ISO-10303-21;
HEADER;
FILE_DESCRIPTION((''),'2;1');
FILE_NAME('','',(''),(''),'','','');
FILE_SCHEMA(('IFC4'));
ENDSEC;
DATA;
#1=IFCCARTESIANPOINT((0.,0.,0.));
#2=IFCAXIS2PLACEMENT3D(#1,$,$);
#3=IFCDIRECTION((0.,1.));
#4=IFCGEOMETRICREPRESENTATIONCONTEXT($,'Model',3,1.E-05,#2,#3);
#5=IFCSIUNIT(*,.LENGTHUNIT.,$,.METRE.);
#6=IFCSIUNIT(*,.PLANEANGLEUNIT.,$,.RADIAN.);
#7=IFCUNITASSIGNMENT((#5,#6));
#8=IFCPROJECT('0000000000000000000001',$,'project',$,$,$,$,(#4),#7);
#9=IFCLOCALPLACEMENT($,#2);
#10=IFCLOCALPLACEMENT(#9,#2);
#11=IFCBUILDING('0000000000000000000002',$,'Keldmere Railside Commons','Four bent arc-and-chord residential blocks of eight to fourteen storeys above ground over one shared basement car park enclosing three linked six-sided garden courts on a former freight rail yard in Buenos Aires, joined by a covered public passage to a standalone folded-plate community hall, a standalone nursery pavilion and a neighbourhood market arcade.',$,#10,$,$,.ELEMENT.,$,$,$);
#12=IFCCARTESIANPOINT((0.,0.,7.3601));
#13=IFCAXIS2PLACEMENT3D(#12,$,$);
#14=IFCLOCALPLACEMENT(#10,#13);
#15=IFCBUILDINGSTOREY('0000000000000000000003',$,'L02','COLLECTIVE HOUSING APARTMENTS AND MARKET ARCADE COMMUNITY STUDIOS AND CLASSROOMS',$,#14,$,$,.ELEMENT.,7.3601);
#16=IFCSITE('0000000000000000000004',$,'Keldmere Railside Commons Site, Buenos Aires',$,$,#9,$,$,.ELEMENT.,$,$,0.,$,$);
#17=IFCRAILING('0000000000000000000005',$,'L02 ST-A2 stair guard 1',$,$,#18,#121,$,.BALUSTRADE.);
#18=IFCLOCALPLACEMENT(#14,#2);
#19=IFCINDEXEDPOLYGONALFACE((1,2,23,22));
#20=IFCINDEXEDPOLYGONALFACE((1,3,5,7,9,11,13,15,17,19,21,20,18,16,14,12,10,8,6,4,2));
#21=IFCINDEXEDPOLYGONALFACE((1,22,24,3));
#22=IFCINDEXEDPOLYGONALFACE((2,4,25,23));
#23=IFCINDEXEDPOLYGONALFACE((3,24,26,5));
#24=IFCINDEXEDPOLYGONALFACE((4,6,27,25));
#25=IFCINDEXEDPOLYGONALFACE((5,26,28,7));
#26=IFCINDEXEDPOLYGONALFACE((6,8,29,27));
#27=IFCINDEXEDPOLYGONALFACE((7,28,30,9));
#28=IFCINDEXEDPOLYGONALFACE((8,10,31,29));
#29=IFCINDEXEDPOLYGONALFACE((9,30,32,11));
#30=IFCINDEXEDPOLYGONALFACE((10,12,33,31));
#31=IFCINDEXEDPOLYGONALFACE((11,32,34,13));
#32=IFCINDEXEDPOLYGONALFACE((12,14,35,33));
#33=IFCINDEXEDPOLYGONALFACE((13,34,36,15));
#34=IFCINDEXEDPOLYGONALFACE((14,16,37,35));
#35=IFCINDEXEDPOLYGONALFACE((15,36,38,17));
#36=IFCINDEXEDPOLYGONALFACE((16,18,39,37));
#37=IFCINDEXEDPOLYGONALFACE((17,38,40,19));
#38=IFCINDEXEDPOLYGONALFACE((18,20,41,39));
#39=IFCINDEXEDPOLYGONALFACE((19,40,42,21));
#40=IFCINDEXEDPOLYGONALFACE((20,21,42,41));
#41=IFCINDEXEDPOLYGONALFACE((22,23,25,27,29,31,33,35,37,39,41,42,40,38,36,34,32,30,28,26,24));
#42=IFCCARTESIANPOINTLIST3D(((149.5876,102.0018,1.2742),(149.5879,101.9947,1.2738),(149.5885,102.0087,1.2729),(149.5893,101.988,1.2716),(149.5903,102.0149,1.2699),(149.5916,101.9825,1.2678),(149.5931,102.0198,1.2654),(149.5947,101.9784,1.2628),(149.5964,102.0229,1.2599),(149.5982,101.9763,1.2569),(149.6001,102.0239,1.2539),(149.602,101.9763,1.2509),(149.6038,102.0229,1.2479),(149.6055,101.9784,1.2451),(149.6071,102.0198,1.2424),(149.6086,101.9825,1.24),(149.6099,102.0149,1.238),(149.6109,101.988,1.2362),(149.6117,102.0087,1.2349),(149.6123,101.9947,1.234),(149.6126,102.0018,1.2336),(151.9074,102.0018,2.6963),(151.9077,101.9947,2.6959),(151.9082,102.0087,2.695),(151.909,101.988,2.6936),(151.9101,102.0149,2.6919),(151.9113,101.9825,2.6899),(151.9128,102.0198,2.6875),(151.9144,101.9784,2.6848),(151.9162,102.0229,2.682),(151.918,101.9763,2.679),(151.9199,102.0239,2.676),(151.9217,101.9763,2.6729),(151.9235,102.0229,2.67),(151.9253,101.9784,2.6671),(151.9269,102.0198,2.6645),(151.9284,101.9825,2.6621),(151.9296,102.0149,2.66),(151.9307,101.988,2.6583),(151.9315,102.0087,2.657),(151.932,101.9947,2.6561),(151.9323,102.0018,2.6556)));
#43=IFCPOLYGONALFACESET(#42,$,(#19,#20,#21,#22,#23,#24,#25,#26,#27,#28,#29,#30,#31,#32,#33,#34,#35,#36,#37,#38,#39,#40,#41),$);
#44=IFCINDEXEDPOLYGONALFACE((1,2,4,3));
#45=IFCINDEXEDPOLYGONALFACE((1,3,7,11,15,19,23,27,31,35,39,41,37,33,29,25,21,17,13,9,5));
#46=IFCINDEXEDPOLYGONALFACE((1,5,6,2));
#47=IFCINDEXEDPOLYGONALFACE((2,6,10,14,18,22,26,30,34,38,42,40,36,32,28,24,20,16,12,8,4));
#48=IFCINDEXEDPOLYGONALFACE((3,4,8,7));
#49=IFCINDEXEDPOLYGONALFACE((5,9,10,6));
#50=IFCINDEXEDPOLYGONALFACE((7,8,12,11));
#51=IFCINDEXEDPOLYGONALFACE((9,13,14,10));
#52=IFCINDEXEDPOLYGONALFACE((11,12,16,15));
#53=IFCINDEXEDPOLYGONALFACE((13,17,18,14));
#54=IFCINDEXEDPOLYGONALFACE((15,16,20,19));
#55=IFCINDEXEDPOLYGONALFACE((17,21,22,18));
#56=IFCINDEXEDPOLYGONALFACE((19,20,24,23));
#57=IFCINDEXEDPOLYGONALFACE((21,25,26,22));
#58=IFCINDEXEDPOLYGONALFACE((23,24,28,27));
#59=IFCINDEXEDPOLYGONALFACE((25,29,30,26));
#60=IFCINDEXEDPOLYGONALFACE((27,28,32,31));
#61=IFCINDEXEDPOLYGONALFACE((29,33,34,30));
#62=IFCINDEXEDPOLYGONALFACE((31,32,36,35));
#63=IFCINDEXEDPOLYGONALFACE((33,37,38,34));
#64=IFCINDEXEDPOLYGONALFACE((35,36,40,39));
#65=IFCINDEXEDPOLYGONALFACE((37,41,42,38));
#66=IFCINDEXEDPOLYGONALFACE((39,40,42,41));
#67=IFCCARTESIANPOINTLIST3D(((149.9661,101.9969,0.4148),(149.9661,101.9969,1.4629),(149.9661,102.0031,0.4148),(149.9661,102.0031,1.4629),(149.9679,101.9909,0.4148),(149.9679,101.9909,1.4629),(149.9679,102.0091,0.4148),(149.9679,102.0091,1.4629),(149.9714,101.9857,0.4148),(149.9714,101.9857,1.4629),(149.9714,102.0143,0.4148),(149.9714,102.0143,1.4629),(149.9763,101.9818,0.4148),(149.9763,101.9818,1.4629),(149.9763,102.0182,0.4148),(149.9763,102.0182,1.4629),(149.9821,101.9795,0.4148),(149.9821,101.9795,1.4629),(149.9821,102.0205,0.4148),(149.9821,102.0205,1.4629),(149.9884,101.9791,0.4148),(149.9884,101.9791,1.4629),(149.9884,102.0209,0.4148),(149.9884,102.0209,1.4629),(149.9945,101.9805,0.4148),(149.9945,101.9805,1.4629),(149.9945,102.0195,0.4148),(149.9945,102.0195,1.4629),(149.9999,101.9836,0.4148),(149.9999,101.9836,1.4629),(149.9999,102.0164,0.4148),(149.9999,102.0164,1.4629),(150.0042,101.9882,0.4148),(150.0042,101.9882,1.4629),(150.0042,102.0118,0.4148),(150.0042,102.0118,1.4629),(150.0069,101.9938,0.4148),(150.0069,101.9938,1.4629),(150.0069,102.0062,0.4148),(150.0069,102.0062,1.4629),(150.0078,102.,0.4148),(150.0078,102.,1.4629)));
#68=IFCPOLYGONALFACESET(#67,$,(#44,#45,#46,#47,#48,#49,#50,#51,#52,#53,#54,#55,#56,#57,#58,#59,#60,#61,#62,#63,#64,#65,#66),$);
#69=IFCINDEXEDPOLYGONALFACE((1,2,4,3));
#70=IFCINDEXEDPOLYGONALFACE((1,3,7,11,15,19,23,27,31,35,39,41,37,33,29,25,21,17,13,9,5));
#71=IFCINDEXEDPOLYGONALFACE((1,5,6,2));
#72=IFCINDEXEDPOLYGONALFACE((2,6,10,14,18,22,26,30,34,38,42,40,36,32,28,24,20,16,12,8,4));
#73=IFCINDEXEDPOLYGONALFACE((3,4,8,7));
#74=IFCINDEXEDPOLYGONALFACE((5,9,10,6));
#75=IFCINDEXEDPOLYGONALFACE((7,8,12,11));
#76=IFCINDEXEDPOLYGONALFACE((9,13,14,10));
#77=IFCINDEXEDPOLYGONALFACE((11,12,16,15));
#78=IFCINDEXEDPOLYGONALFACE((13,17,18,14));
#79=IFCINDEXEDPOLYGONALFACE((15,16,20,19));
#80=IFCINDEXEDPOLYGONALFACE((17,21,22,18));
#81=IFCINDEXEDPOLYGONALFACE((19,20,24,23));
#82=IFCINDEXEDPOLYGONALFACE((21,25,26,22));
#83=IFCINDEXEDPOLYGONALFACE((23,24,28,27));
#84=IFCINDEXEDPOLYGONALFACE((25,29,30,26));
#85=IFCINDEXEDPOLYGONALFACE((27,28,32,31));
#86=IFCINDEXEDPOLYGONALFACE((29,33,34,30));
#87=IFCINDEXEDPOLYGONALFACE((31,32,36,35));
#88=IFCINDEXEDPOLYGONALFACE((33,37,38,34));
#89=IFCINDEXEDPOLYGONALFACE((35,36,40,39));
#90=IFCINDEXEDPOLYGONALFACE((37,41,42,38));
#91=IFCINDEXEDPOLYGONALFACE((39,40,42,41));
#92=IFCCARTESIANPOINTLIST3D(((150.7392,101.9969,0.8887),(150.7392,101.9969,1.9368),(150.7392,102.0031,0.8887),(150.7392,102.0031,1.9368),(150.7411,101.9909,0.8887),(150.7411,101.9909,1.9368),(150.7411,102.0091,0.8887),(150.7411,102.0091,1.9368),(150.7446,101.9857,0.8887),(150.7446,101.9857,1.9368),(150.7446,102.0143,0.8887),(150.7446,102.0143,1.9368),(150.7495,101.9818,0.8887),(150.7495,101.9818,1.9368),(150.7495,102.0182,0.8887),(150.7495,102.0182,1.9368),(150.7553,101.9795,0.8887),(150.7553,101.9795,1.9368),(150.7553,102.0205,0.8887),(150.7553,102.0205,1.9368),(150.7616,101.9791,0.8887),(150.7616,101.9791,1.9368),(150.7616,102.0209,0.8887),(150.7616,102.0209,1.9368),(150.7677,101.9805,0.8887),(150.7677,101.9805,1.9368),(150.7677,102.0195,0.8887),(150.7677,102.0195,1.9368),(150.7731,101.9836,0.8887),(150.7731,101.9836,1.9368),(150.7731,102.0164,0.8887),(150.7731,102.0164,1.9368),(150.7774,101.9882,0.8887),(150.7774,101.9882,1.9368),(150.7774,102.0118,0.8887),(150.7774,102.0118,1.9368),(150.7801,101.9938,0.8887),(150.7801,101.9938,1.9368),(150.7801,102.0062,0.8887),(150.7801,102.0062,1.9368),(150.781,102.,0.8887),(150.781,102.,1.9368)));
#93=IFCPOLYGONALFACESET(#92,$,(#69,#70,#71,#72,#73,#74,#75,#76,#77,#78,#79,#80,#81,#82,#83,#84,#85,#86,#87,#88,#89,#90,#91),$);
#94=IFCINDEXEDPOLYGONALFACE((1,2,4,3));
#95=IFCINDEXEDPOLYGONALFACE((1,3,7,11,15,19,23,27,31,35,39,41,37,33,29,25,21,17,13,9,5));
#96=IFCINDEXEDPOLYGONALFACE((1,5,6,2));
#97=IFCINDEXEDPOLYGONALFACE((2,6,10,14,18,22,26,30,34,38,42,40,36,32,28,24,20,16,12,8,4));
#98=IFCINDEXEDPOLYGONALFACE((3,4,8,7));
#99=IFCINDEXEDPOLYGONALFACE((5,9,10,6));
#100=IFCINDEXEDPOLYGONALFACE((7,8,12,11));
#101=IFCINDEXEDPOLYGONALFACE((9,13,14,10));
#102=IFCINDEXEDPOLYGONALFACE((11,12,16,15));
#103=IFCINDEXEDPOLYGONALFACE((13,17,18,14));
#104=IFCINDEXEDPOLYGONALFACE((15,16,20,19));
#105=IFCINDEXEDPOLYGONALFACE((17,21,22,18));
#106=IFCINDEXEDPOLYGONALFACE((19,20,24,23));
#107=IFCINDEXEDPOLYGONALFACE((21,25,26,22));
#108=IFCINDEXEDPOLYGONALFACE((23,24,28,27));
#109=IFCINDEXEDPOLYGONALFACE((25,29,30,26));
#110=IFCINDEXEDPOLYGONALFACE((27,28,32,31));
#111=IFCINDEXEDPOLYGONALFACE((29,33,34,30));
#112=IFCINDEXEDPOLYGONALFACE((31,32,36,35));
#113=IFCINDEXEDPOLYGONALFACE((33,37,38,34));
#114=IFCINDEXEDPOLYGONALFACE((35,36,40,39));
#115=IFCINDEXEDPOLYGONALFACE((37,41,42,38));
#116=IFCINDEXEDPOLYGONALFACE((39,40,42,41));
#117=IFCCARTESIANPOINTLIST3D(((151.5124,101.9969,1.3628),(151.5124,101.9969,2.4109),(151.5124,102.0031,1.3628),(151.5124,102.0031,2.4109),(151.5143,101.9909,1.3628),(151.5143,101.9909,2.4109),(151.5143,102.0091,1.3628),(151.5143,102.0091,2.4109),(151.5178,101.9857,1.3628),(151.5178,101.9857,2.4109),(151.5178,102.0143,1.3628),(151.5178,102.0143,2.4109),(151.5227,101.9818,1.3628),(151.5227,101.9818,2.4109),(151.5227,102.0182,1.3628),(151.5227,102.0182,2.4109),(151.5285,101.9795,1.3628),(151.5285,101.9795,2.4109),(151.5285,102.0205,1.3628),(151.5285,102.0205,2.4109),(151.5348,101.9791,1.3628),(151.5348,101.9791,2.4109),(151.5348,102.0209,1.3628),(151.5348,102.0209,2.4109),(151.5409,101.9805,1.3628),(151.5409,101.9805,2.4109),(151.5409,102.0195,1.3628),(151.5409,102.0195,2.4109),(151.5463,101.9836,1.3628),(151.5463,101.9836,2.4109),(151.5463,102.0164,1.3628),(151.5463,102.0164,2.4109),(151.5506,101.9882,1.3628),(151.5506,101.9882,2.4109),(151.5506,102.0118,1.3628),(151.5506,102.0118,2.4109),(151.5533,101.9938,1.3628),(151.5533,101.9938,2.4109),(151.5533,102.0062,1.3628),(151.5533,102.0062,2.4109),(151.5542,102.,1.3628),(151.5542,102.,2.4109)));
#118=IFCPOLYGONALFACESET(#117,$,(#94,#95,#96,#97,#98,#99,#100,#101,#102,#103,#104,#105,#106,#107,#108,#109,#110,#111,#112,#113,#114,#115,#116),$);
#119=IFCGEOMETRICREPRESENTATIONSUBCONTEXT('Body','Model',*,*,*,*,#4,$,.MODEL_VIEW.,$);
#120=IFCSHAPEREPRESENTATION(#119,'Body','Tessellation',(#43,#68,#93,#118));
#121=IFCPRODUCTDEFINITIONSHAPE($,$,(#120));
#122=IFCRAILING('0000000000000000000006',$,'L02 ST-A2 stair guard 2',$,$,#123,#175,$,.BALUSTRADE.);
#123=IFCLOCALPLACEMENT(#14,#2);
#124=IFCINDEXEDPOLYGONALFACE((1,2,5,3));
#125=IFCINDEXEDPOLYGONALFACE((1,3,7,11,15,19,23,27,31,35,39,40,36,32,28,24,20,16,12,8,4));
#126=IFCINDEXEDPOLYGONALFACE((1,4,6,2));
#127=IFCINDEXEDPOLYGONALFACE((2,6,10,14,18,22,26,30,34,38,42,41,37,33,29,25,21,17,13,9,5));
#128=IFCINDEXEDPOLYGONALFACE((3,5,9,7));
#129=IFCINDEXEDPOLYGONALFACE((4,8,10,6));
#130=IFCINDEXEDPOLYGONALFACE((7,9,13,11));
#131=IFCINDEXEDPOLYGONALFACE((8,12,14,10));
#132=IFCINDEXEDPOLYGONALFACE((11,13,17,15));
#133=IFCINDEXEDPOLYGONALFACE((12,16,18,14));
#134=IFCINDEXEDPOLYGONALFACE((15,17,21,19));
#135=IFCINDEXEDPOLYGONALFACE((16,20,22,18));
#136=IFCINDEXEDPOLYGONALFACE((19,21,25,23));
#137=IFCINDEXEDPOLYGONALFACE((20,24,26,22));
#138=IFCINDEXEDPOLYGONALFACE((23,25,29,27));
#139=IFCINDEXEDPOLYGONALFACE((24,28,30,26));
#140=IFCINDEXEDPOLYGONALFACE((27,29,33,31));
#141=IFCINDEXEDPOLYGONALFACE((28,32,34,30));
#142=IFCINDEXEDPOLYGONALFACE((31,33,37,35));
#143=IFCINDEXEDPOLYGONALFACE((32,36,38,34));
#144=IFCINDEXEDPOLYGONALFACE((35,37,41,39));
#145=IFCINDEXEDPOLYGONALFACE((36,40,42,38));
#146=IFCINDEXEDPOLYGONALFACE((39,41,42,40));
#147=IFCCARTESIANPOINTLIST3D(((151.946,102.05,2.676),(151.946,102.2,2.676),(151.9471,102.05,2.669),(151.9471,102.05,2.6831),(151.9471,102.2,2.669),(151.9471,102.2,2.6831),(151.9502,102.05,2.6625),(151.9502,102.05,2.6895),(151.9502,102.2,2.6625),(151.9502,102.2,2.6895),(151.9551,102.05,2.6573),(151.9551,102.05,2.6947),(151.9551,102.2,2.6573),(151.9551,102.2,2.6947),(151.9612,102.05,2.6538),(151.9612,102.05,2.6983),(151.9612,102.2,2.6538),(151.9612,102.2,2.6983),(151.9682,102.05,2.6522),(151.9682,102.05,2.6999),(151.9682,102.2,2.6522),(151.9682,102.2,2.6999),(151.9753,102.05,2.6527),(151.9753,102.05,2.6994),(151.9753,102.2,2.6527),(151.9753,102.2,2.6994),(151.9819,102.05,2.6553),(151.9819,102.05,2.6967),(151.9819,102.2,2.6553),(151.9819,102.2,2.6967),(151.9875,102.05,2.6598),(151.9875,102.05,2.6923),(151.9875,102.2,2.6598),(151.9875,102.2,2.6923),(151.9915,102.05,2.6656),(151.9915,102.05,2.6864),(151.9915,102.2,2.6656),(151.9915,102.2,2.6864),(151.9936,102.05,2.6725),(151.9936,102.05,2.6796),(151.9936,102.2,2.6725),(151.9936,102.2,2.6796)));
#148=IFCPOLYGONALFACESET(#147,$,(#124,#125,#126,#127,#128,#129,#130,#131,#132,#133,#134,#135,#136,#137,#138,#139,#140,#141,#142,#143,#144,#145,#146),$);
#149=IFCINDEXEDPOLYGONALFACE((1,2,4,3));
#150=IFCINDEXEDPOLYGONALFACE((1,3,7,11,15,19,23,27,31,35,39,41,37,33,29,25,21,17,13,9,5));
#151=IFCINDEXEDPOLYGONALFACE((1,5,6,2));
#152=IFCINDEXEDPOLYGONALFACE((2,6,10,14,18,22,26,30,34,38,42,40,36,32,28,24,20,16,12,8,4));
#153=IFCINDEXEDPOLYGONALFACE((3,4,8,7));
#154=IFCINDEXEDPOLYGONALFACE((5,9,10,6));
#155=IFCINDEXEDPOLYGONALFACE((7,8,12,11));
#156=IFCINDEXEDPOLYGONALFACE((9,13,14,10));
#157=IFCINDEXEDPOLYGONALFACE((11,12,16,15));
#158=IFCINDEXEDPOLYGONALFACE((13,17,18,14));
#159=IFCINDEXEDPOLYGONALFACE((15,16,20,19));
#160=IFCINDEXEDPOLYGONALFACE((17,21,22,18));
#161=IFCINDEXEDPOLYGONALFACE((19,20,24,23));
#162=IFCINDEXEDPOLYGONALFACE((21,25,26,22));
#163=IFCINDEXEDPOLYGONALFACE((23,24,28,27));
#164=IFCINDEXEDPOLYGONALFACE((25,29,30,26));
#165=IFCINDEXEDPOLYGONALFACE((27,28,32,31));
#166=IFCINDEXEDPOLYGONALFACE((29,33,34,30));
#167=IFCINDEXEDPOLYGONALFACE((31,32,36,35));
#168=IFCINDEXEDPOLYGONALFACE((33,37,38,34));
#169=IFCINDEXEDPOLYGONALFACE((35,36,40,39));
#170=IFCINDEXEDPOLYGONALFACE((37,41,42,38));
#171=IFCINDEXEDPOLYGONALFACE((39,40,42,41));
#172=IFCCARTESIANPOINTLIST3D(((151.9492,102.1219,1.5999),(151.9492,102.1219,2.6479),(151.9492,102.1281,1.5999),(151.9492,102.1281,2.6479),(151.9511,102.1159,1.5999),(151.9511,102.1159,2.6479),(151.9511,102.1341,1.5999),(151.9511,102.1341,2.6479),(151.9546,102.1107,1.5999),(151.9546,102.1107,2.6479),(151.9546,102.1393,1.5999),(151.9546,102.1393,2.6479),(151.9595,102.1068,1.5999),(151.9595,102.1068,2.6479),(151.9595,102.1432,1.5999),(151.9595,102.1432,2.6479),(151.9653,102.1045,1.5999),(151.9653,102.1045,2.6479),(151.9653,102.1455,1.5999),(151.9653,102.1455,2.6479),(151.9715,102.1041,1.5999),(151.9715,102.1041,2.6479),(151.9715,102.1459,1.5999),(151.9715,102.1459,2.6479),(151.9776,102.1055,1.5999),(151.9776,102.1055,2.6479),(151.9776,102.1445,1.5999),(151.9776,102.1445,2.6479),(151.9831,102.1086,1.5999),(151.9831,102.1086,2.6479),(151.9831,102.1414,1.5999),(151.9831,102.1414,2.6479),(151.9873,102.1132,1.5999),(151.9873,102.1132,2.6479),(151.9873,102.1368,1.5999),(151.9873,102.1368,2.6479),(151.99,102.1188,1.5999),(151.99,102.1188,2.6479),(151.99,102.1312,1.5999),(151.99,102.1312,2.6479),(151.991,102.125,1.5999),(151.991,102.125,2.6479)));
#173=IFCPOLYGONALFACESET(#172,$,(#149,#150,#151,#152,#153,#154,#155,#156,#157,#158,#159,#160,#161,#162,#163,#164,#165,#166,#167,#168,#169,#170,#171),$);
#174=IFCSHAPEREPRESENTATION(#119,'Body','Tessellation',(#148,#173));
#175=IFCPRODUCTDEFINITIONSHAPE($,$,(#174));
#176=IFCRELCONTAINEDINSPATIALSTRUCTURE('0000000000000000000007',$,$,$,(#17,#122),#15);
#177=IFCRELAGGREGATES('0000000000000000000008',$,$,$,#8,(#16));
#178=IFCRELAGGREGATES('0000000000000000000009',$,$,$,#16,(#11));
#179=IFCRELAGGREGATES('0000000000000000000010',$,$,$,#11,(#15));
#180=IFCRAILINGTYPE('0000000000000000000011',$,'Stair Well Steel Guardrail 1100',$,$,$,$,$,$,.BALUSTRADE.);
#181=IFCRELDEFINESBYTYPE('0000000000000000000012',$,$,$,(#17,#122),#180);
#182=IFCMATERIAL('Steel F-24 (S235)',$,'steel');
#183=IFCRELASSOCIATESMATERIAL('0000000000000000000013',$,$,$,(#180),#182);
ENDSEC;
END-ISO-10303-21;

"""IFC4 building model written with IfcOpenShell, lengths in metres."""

from ifc_helpers import new_model, si_unit, direction, frame, origin, origin_2d, place, context, subcontext, project, spatial, circle, extrude, material, type_object, element, save


model = new_model("IFC4")

# Units and contexts
model_context = context("Model", 3, precision=1e-05, world=origin(), true_north=direction((0.0, 1.0)))
body_context = subcontext(model_context, "Body", "Model", "MODEL_VIEW")
ifc_project = project(units=[si_unit("LENGTHUNIT", "METRE"), si_unit("PLANEANGLEUNIT", "RADIAN")], contexts=[model_context])

# Site, building, storey
site_placement = place(None, origin())
site = spatial("IfcSite", under=ifc_project, at=site_placement, Name="Keldmere Railside Commons Site, Buenos Aires", CompositionType="ELEMENT", RefElevation=0.0)
building_placement = place(site_placement, origin())
building = spatial("IfcBuilding", under=site, at=building_placement, Name="Keldmere Railside Commons", Description="Four bent arc-and-chord residential blocks of eight to fourteen storeys above ground over one shared basement car park enclosing three linked six-sided garden courts on a former freight rail yard in Buenos Aires, joined by a covered public passage to a standalone folded-plate community hall, a standalone nursery pavilion and a neighbourhood market arcade.", CompositionType="ELEMENT")
storey_placement = place(building_placement, frame((0.0, 0.0, 7.3601)))
storey = spatial("IfcBuildingStorey", under=building, at=storey_placement, Name="L02", Description="COLLECTIVE HOUSING APARTMENTS AND MARKET ARCADE COMMUNITY STUDIOS AND CLASSROOMS", CompositionType="ELEMENT", Elevation=7.3601)

# Railings
ifc_material_1 = material(Name="Steel F-24 (S235)", Category="steel")
railing_type_1 = type_object("IfcRailingType", Name="Stair Well Steel Guardrail 1100", PredefinedType="BALUSTRADE", material=ifc_material_1)
railing_1_placement = place(storey_placement, frame((149.6001, 102.0, 0.1777)))
element("IfcRailing", 1, at=railing_1_placement, inside=storey, type_object=railing_type_1, Name="L02 ST-A2 stair guard 1", PredefinedType="BALUSTRADE", context=body_context, shape_type="SweptSolid", body=[
    extrude(circle(Radius=0.0239, at=origin_2d()), frame((0.0, 0.0, 1.0762), z_axis=(0.852554, 0.0, 0.52264), x_axis=(0.0, 1.0, 0.0)), (0.0, 0.0, 1.0), 2.7209),
    extrude(circle(Radius=0.021, at=origin_2d()), frame((0.3867, 0.0, 0.2371)), (0.0, 0.0, 1.0), 1.0481),
    extrude(circle(Radius=0.021, at=origin_2d()), frame((1.1599, 0.0, 0.7109)), (0.0, 0.0, 1.0), 1.0481),
    extrude(circle(Radius=0.021, at=origin_2d()), frame((1.9331, 0.0, 1.1851)), (0.0, 0.0, 1.0), 1.0481),
])
railing_2_placement = place(storey_placement, frame((151.97, 102.05, 1.5999)))
element("IfcRailing", 2, at=railing_2_placement, inside=storey, type_object=railing_type_1, Name="L02 ST-A2 stair guard 2", PredefinedType="BALUSTRADE", context=body_context, shape_type="SweptSolid", body=[
    extrude(circle(Radius=0.0239, at=origin_2d()), frame((0.0, 0.0, 1.0762), z_axis=(0.0, 1.0, 0.0), x_axis=(-1.0, 0.0, 0.0)), (0.0, 0.0, 1.0), 0.1499),
    extrude(circle(Radius=0.021, at=origin_2d()), frame((0.0, 0.075, 0.0)), (0.0, 0.0, 1.0), 1.0481),
])

save(model, "model.ifc")
